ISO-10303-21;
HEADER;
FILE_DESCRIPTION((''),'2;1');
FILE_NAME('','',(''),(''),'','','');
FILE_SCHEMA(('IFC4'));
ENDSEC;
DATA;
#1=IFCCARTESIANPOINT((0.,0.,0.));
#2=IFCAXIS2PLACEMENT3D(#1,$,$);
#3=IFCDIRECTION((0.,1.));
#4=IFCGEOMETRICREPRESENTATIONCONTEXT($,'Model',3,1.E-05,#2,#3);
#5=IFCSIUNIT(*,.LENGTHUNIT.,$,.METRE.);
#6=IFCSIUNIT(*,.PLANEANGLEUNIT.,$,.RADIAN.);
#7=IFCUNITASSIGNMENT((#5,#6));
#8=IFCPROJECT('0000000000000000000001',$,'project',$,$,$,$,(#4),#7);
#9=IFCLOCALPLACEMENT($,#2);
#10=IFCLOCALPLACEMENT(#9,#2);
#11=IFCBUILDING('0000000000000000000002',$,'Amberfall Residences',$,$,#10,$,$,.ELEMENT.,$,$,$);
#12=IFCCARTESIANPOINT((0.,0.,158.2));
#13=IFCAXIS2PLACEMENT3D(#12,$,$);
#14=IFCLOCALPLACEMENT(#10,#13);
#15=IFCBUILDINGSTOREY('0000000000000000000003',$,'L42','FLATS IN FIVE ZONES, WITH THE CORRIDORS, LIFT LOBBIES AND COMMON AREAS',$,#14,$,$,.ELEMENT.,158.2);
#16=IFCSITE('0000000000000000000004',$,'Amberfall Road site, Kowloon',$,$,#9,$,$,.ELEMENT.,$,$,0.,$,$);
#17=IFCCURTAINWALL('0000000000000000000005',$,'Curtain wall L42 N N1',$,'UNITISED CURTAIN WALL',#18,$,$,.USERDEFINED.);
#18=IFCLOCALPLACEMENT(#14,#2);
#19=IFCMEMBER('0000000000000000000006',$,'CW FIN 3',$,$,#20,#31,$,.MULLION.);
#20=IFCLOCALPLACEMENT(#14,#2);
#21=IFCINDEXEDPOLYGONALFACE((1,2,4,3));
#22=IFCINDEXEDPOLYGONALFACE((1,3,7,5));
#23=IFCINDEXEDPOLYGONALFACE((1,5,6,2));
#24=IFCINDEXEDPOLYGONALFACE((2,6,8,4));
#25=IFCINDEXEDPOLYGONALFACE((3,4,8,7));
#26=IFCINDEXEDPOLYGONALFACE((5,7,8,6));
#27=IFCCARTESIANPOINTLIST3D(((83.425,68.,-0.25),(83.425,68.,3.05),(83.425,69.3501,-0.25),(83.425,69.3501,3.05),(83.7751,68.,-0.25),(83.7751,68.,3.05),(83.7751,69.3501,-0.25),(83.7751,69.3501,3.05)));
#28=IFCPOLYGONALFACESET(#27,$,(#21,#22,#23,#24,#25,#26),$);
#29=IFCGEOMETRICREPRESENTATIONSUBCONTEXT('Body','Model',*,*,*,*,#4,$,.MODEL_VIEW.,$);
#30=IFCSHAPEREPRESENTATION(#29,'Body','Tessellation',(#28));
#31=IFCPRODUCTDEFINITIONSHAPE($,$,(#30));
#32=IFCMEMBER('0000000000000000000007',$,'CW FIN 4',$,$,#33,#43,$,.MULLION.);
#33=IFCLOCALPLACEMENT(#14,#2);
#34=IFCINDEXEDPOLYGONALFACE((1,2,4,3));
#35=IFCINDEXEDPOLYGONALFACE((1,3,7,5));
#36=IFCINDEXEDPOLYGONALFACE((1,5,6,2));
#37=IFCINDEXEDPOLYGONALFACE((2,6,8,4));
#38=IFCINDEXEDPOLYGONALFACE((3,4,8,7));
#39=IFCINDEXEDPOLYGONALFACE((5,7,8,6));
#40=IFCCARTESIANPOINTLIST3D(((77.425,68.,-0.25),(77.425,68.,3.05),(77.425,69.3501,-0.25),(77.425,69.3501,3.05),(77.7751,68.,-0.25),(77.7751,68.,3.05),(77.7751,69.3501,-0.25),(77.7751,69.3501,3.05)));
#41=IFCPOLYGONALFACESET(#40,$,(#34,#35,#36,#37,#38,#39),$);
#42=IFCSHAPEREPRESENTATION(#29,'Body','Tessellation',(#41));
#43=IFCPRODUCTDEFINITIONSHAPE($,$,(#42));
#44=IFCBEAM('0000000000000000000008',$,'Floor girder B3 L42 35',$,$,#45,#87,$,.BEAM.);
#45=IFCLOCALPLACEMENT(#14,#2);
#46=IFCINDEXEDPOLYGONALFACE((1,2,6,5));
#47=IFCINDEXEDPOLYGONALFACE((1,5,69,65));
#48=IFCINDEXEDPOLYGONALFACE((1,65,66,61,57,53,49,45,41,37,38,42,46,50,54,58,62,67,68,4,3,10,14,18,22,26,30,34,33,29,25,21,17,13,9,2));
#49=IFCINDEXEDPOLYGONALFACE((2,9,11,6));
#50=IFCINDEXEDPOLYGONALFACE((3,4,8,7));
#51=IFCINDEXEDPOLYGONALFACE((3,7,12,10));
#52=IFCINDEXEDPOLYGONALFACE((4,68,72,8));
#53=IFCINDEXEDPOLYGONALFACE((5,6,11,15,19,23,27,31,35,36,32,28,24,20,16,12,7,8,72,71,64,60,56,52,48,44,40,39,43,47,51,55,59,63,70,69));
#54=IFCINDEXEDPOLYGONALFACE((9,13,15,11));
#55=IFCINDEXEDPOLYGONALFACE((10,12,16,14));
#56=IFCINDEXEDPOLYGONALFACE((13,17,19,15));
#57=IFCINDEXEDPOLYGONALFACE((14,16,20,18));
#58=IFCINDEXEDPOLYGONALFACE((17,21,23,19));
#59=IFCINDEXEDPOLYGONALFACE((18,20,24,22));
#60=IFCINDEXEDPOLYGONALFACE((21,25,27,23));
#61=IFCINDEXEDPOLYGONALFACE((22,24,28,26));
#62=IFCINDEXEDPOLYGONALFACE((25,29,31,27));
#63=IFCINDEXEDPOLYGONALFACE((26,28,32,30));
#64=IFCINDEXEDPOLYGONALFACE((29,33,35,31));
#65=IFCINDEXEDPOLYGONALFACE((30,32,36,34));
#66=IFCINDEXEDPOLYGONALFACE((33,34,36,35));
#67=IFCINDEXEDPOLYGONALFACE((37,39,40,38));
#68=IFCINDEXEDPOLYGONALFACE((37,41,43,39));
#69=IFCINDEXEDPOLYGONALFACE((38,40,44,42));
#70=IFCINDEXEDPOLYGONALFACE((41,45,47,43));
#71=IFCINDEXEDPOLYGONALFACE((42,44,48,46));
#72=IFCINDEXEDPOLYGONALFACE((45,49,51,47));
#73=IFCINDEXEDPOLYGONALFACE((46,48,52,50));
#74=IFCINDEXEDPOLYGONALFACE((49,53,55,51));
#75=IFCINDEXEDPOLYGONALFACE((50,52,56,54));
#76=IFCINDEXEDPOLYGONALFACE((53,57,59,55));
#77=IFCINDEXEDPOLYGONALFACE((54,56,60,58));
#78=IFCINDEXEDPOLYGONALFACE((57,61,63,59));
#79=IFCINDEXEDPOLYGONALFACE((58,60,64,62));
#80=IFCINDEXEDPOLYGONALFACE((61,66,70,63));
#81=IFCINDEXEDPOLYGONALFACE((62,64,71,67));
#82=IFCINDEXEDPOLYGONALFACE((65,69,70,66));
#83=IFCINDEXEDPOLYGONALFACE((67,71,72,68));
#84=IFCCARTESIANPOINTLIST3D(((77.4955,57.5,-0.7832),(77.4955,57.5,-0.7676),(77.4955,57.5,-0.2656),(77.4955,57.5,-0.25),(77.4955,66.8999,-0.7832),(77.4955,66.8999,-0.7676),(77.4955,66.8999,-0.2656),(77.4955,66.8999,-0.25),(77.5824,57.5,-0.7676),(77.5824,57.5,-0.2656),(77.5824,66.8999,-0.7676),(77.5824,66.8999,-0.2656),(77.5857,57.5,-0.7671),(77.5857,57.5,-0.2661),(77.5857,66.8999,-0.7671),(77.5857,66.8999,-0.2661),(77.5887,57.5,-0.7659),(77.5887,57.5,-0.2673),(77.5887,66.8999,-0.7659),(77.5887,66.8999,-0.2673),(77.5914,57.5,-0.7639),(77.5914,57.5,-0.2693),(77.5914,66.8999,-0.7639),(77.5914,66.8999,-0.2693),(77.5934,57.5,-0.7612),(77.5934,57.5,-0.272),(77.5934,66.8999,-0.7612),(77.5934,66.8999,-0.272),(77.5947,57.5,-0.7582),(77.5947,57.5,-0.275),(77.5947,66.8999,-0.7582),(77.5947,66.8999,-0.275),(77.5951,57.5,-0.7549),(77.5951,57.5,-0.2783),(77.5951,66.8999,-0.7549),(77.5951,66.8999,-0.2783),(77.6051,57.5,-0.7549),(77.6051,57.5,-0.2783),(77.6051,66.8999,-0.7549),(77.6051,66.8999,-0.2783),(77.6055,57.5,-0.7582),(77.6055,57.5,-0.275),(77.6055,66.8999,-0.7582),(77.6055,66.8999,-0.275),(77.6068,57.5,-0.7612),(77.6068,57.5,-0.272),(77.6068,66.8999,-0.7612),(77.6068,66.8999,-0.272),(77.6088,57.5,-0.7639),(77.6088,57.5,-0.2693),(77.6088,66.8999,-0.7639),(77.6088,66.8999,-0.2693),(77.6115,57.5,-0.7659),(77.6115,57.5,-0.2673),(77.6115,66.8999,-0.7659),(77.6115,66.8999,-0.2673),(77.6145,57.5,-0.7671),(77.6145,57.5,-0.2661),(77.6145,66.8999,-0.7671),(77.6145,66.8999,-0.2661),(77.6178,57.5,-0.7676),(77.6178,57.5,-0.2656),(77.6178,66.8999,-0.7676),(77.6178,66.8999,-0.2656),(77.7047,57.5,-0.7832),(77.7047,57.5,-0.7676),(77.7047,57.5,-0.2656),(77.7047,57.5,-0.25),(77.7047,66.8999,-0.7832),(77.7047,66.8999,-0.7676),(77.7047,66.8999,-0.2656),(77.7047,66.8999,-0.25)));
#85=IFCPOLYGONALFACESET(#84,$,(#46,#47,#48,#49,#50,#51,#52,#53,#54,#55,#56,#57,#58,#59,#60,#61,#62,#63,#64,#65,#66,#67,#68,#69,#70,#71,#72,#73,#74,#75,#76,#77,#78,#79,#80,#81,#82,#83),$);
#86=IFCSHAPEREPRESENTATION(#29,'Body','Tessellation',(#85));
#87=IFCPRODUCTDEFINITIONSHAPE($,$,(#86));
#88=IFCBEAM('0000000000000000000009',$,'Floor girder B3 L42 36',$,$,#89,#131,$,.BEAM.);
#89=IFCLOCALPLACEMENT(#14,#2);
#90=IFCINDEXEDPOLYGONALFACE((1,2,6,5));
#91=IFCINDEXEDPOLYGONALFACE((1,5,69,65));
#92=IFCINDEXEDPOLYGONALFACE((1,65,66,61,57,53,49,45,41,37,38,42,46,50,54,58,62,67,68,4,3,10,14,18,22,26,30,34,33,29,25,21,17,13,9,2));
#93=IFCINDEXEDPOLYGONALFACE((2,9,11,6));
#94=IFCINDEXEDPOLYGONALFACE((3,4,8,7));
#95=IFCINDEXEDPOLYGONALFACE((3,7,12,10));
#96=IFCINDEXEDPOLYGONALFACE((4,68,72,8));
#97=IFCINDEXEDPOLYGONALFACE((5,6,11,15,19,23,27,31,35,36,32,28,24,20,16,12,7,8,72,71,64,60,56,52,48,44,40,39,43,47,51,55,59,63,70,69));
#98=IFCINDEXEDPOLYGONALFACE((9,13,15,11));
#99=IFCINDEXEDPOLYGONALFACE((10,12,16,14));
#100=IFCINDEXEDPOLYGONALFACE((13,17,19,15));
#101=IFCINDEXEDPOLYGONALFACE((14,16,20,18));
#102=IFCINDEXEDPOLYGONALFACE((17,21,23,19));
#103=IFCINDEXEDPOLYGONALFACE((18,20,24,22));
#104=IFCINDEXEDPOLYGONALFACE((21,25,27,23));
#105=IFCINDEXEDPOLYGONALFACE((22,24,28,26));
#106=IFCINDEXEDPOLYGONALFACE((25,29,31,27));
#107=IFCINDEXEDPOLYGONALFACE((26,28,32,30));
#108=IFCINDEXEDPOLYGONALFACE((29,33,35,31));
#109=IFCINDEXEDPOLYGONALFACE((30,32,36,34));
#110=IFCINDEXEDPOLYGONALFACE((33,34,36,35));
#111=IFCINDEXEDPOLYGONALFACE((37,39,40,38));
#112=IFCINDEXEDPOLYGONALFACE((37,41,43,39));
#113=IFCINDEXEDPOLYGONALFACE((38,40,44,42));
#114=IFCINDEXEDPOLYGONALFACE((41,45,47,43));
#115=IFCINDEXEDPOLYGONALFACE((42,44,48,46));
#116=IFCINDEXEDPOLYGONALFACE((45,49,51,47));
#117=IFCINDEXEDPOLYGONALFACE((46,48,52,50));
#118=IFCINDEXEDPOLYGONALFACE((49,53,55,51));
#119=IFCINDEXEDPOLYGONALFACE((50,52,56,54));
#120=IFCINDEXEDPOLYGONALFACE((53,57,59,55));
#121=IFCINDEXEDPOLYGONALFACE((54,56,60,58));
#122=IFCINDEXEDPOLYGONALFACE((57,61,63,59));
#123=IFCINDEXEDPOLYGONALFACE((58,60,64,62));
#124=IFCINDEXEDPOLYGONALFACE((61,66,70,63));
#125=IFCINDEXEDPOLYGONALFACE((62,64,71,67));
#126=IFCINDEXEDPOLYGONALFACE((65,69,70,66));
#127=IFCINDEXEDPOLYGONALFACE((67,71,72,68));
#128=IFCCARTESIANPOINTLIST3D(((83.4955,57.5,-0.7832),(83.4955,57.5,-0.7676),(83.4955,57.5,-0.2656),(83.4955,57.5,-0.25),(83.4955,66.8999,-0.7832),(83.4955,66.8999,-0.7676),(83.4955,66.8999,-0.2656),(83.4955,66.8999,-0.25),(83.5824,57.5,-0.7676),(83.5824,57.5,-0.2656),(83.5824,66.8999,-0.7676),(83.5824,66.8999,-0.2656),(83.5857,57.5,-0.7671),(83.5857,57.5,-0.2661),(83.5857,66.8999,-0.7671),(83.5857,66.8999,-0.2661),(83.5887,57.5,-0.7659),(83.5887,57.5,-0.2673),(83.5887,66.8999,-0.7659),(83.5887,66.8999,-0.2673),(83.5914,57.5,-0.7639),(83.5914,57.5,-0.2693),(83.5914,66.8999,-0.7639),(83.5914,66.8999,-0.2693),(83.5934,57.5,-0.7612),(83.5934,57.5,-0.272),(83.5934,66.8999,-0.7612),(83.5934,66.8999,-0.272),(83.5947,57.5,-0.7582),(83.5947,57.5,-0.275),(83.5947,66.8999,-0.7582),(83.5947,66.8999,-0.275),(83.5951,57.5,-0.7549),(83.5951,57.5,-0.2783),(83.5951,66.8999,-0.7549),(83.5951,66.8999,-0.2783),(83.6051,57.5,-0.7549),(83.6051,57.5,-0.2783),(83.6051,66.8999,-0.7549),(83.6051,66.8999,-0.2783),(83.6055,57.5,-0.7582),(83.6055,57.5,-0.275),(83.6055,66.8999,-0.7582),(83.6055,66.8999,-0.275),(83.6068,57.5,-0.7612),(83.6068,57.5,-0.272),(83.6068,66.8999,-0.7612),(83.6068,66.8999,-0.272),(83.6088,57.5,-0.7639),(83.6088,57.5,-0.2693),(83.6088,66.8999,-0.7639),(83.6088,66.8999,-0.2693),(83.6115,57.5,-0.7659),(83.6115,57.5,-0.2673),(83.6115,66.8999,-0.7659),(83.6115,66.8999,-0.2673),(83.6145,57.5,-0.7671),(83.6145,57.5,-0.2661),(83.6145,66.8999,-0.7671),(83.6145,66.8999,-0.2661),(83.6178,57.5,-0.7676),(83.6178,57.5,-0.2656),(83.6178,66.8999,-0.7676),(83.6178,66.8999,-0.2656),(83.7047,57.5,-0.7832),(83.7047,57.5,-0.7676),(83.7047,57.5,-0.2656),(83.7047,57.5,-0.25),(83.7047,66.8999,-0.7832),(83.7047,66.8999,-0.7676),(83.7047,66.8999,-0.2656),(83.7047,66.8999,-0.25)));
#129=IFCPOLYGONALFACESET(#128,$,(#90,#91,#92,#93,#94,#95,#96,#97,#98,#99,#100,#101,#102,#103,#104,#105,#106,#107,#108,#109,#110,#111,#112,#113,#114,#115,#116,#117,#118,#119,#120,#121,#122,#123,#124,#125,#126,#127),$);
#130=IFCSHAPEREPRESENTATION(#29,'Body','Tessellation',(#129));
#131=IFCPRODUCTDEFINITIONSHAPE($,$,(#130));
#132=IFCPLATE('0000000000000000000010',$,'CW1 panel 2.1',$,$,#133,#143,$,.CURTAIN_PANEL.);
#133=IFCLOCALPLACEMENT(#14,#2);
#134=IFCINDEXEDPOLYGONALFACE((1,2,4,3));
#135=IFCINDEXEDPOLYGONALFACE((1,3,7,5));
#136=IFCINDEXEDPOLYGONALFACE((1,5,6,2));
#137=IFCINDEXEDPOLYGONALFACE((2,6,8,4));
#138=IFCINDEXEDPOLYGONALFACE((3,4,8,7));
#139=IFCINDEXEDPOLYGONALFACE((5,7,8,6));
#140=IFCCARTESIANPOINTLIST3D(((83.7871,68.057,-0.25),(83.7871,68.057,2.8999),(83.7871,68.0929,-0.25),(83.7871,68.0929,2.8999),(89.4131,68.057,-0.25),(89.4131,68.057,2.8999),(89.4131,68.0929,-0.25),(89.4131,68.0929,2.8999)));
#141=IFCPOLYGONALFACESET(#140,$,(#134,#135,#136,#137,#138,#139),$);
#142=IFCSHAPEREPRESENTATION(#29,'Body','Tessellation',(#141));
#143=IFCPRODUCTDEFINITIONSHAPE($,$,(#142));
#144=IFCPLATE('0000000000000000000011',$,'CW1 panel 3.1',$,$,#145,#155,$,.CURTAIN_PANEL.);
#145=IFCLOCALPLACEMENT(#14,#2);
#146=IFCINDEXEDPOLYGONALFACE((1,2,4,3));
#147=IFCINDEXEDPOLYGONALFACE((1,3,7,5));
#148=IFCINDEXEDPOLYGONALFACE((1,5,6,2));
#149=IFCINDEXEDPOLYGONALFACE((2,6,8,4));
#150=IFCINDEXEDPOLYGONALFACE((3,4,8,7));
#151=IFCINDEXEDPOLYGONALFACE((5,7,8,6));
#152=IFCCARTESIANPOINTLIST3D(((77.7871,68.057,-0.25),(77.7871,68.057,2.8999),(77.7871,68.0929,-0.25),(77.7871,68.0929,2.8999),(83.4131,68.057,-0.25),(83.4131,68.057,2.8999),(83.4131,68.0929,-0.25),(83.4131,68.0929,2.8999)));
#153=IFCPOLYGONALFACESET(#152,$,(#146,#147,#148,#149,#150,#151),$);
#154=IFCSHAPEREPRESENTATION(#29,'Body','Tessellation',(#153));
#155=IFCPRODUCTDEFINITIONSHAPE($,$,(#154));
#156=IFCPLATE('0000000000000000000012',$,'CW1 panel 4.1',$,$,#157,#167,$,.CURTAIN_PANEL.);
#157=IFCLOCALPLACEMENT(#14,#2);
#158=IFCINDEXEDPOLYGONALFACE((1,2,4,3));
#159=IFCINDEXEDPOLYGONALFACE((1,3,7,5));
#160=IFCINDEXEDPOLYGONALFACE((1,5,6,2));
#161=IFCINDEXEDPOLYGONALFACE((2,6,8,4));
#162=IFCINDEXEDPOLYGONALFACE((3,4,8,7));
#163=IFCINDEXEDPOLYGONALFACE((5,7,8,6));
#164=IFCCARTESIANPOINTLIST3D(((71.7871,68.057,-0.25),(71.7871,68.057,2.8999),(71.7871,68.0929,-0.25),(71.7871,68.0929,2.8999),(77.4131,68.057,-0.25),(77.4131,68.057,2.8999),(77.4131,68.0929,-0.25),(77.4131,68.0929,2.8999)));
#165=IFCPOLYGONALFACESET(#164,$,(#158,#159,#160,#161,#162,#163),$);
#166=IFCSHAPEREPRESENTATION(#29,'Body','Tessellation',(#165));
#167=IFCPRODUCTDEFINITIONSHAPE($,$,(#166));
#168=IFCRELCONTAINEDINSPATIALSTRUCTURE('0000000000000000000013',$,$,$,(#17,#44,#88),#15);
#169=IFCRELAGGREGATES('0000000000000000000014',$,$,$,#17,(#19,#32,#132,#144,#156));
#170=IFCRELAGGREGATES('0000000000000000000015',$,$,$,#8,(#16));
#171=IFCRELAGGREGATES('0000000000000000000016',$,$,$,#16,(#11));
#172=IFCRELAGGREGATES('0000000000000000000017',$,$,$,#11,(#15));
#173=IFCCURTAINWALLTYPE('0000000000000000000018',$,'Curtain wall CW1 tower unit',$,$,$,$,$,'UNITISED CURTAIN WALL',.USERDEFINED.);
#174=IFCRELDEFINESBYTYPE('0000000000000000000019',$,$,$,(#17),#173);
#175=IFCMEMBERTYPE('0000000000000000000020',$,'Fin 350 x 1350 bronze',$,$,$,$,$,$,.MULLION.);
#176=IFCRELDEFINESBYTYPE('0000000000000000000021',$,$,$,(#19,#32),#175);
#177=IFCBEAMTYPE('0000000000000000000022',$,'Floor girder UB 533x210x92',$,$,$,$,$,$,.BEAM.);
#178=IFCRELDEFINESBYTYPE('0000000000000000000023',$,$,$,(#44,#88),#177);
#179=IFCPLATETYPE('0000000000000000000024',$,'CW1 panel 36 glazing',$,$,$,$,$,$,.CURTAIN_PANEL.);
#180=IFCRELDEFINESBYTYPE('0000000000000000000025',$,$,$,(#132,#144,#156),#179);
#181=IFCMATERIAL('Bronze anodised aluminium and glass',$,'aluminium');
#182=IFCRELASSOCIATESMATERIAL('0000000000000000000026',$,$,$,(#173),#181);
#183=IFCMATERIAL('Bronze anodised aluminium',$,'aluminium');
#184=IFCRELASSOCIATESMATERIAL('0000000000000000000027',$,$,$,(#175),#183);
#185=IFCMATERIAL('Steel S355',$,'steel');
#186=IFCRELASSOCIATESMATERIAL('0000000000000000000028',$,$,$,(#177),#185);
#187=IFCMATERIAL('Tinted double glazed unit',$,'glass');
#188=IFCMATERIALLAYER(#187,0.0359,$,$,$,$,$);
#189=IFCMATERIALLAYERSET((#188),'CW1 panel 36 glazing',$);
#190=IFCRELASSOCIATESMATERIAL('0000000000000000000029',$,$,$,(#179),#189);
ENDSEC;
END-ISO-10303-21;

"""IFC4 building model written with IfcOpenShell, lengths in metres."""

from ifc_helpers import new_model, si_unit, direction, frame, origin, origin_2d, place, context, subcontext, project, spatial, rectangle, i_section, extrude, material, layer, layer_set, material_profile, profile_set, type_object, element, aggregate, save


model = new_model("IFC4")

# Units and contexts
model_context = context("Model", 3, precision=1e-05, world=origin(), true_north=direction((0.0, 1.0)))
body_context = subcontext(model_context, "Body", "Model", "MODEL_VIEW")
ifc_project = project(units=[si_unit("LENGTHUNIT", "METRE"), si_unit("PLANEANGLEUNIT", "RADIAN")], contexts=[model_context])

# Site, building, storey
site_placement = place(None, origin())
site = spatial("IfcSite", under=ifc_project, at=site_placement, Name="Amberfall Road site, Kowloon", CompositionType="ELEMENT", RefElevation=0.0)
building_placement = place(site_placement, origin())
building = spatial("IfcBuilding", under=site, at=building_placement, Name="Amberfall Residences", CompositionType="ELEMENT")
storey_placement = place(building_placement, frame((0.0, 0.0, 158.2)))
storey = spatial("IfcBuildingStorey", under=building, at=storey_placement, Name="L42", Description="FLATS IN FIVE ZONES, WITH THE CORRIDORS, LIFT LOBBIES AND COMMON AREAS", CompositionType="ELEMENT", Elevation=158.2)

# Curtain wall
ifc_material_1 = material(Name="Bronze anodised aluminium and glass", Category="aluminium")
curtain_wall_type = type_object("IfcCurtainWallType", Name="Curtain wall CW1 tower unit", ElementType="UNITISED CURTAIN WALL", PredefinedType="USERDEFINED", material=ifc_material_1)
curtain_wall_placement = place(storey_placement, origin())
curtain_wall = element("IfcCurtainWall", 1, at=curtain_wall_placement, inside=storey, type_object=curtain_wall_type, Name="Curtain wall L42 N N1", ObjectType="UNITISED CURTAIN WALL", PredefinedType="USERDEFINED")
ifc_material_2 = material(Name="Bronze anodised aluminium", Category="aluminium")

# Shared definitions
ifc_material_3 = material(Name="Steel S355", Category="steel")

# Members
ifc_material_profile_1 = material_profile(ifc_material_2, rectangle(XDim=1.3501, YDim=0.3501, at=origin_2d()), Name="Fin 350 x 1350 bronze")
ifc_profile_set_1 = profile_set([ifc_material_profile_1], Name="Bronze anodised aluminium")
member_type_1 = type_object("IfcMemberType", Name="Fin 350 x 1350 bronze", PredefinedType="MULLION", material=ifc_profile_set_1)
member_1_placement = place(storey_placement, frame((83.6001, 68.675, -0.25), z_axis=(0.0, 0.0, 1.0), x_axis=(0.0, -1.0, 0.0)))
member_1 = element("IfcMember", 2, at=member_1_placement, type_object=member_type_1, Name="CW FIN 3", PredefinedType="MULLION", context=body_context, shape_type="SweptSolid", body=[
    extrude(rectangle(XDim=1.3501, YDim=0.3501, at=origin_2d()), origin(), (0.0, 0.0, 1.0), 3.3),
])
member_2_placement = place(storey_placement, frame((77.6001, 68.675, -0.25), z_axis=(0.0, 0.0, 1.0), x_axis=(0.0, -1.0, 0.0)))
member_2 = element("IfcMember", 3, at=member_2_placement, type_object=member_type_1, Name="CW FIN 4", PredefinedType="MULLION", context=body_context, shape_type="SweptSolid", body=[
    extrude(rectangle(XDim=1.3501, YDim=0.3501, at=origin_2d()), origin(), (0.0, 0.0, 1.0), 3.3),
])

# Beams
ifc_material_profile_2 = material_profile(ifc_material_3, i_section(OverallWidth=0.2092, OverallDepth=0.5332, WebThickness=0.01, FlangeThickness=0.0156, FilletRadius=0.0127, at=origin_2d()), Name="UB 533x210x92")
ifc_profile_set_2 = profile_set([ifc_material_profile_2], Name="Steel S355")
beam_type_1 = type_object("IfcBeamType", Name="Floor girder UB 533x210x92", PredefinedType="BEAM", material=ifc_profile_set_2)
for number, where, z_axis, x_axis, name in (
    (4, (77.6001, 66.8999, -0.5166), (0.0, -1.0, 0.0), (1.0, 0.0, 0.0), "Floor girder B3 L42 35"),
    (5, (83.6001, 66.8999, -0.5166), (0.0, -1.0, 0.0), (1.0, 0.0, 0.0), "Floor girder B3 L42 36"),
):
    element("IfcBeam", number, at=place(storey_placement, frame(where, z_axis=z_axis, x_axis=x_axis)), inside=storey, type_object=beam_type_1, Name=name, PredefinedType="BEAM", context=body_context, shape_type="SweptSolid", body=[
        extrude(i_section(OverallWidth=0.2092, OverallDepth=0.5332, WebThickness=0.01, FlangeThickness=0.0156, FilletRadius=0.0127, at=origin_2d()), origin(), (0.0, 0.0, 1.0), 9.3999),
    ])

# Plates
ifc_material_4 = material(Name="Tinted double glazed unit", Category="glass")
ifc_layer_1 = layer(ifc_material_4, 0.0359)
ifc_layer_set_1 = layer_set([ifc_layer_1], Name="CW1 panel 36 glazing")
plate_type = type_object("IfcPlateType", Name="CW1 panel 36 glazing", PredefinedType="CURTAIN_PANEL", material=ifc_layer_set_1)
plate_1_placement = place(storey_placement, frame((86.6001, 68.075, -0.25), z_axis=(0.0, 0.0, 1.0), x_axis=(-1.0, 0.0, 0.0)))
plate_1 = element("IfcPlate", 6, at=plate_1_placement, type_object=plate_type, Name="CW1 panel 2.1", PredefinedType="CURTAIN_PANEL", context=body_context, shape_type="SweptSolid", body=[
    extrude(rectangle(XDim=5.626, YDim=0.0359, at=origin_2d()), origin(), (0.0, 0.0, 1.0), 3.1499),
])
plate_2_placement = place(storey_placement, frame((80.6001, 68.075, -0.25), z_axis=(0.0, 0.0, 1.0), x_axis=(-1.0, 0.0, 0.0)))
plate_2 = element("IfcPlate", 7, at=plate_2_placement, type_object=plate_type, Name="CW1 panel 3.1", PredefinedType="CURTAIN_PANEL", context=body_context, shape_type="SweptSolid", body=[
    extrude(rectangle(XDim=5.626, YDim=0.0359, at=origin_2d()), origin(), (0.0, 0.0, 1.0), 3.1499),
])
plate_3_placement = place(storey_placement, frame((74.6001, 68.075, -0.25), z_axis=(0.0, 0.0, 1.0), x_axis=(-1.0, 0.0, 0.0)))
plate_3 = element("IfcPlate", 8, at=plate_3_placement, type_object=plate_type, Name="CW1 panel 4.1", PredefinedType="CURTAIN_PANEL", context=body_context, shape_type="SweptSolid", body=[
    extrude(rectangle(XDim=5.626, YDim=0.0359, at=origin_2d()), origin(), (0.0, 0.0, 1.0), 3.1499),
])
aggregate(curtain_wall, [member_1, member_2, plate_1, plate_2, plate_3])

save(model, "model.ifc")
